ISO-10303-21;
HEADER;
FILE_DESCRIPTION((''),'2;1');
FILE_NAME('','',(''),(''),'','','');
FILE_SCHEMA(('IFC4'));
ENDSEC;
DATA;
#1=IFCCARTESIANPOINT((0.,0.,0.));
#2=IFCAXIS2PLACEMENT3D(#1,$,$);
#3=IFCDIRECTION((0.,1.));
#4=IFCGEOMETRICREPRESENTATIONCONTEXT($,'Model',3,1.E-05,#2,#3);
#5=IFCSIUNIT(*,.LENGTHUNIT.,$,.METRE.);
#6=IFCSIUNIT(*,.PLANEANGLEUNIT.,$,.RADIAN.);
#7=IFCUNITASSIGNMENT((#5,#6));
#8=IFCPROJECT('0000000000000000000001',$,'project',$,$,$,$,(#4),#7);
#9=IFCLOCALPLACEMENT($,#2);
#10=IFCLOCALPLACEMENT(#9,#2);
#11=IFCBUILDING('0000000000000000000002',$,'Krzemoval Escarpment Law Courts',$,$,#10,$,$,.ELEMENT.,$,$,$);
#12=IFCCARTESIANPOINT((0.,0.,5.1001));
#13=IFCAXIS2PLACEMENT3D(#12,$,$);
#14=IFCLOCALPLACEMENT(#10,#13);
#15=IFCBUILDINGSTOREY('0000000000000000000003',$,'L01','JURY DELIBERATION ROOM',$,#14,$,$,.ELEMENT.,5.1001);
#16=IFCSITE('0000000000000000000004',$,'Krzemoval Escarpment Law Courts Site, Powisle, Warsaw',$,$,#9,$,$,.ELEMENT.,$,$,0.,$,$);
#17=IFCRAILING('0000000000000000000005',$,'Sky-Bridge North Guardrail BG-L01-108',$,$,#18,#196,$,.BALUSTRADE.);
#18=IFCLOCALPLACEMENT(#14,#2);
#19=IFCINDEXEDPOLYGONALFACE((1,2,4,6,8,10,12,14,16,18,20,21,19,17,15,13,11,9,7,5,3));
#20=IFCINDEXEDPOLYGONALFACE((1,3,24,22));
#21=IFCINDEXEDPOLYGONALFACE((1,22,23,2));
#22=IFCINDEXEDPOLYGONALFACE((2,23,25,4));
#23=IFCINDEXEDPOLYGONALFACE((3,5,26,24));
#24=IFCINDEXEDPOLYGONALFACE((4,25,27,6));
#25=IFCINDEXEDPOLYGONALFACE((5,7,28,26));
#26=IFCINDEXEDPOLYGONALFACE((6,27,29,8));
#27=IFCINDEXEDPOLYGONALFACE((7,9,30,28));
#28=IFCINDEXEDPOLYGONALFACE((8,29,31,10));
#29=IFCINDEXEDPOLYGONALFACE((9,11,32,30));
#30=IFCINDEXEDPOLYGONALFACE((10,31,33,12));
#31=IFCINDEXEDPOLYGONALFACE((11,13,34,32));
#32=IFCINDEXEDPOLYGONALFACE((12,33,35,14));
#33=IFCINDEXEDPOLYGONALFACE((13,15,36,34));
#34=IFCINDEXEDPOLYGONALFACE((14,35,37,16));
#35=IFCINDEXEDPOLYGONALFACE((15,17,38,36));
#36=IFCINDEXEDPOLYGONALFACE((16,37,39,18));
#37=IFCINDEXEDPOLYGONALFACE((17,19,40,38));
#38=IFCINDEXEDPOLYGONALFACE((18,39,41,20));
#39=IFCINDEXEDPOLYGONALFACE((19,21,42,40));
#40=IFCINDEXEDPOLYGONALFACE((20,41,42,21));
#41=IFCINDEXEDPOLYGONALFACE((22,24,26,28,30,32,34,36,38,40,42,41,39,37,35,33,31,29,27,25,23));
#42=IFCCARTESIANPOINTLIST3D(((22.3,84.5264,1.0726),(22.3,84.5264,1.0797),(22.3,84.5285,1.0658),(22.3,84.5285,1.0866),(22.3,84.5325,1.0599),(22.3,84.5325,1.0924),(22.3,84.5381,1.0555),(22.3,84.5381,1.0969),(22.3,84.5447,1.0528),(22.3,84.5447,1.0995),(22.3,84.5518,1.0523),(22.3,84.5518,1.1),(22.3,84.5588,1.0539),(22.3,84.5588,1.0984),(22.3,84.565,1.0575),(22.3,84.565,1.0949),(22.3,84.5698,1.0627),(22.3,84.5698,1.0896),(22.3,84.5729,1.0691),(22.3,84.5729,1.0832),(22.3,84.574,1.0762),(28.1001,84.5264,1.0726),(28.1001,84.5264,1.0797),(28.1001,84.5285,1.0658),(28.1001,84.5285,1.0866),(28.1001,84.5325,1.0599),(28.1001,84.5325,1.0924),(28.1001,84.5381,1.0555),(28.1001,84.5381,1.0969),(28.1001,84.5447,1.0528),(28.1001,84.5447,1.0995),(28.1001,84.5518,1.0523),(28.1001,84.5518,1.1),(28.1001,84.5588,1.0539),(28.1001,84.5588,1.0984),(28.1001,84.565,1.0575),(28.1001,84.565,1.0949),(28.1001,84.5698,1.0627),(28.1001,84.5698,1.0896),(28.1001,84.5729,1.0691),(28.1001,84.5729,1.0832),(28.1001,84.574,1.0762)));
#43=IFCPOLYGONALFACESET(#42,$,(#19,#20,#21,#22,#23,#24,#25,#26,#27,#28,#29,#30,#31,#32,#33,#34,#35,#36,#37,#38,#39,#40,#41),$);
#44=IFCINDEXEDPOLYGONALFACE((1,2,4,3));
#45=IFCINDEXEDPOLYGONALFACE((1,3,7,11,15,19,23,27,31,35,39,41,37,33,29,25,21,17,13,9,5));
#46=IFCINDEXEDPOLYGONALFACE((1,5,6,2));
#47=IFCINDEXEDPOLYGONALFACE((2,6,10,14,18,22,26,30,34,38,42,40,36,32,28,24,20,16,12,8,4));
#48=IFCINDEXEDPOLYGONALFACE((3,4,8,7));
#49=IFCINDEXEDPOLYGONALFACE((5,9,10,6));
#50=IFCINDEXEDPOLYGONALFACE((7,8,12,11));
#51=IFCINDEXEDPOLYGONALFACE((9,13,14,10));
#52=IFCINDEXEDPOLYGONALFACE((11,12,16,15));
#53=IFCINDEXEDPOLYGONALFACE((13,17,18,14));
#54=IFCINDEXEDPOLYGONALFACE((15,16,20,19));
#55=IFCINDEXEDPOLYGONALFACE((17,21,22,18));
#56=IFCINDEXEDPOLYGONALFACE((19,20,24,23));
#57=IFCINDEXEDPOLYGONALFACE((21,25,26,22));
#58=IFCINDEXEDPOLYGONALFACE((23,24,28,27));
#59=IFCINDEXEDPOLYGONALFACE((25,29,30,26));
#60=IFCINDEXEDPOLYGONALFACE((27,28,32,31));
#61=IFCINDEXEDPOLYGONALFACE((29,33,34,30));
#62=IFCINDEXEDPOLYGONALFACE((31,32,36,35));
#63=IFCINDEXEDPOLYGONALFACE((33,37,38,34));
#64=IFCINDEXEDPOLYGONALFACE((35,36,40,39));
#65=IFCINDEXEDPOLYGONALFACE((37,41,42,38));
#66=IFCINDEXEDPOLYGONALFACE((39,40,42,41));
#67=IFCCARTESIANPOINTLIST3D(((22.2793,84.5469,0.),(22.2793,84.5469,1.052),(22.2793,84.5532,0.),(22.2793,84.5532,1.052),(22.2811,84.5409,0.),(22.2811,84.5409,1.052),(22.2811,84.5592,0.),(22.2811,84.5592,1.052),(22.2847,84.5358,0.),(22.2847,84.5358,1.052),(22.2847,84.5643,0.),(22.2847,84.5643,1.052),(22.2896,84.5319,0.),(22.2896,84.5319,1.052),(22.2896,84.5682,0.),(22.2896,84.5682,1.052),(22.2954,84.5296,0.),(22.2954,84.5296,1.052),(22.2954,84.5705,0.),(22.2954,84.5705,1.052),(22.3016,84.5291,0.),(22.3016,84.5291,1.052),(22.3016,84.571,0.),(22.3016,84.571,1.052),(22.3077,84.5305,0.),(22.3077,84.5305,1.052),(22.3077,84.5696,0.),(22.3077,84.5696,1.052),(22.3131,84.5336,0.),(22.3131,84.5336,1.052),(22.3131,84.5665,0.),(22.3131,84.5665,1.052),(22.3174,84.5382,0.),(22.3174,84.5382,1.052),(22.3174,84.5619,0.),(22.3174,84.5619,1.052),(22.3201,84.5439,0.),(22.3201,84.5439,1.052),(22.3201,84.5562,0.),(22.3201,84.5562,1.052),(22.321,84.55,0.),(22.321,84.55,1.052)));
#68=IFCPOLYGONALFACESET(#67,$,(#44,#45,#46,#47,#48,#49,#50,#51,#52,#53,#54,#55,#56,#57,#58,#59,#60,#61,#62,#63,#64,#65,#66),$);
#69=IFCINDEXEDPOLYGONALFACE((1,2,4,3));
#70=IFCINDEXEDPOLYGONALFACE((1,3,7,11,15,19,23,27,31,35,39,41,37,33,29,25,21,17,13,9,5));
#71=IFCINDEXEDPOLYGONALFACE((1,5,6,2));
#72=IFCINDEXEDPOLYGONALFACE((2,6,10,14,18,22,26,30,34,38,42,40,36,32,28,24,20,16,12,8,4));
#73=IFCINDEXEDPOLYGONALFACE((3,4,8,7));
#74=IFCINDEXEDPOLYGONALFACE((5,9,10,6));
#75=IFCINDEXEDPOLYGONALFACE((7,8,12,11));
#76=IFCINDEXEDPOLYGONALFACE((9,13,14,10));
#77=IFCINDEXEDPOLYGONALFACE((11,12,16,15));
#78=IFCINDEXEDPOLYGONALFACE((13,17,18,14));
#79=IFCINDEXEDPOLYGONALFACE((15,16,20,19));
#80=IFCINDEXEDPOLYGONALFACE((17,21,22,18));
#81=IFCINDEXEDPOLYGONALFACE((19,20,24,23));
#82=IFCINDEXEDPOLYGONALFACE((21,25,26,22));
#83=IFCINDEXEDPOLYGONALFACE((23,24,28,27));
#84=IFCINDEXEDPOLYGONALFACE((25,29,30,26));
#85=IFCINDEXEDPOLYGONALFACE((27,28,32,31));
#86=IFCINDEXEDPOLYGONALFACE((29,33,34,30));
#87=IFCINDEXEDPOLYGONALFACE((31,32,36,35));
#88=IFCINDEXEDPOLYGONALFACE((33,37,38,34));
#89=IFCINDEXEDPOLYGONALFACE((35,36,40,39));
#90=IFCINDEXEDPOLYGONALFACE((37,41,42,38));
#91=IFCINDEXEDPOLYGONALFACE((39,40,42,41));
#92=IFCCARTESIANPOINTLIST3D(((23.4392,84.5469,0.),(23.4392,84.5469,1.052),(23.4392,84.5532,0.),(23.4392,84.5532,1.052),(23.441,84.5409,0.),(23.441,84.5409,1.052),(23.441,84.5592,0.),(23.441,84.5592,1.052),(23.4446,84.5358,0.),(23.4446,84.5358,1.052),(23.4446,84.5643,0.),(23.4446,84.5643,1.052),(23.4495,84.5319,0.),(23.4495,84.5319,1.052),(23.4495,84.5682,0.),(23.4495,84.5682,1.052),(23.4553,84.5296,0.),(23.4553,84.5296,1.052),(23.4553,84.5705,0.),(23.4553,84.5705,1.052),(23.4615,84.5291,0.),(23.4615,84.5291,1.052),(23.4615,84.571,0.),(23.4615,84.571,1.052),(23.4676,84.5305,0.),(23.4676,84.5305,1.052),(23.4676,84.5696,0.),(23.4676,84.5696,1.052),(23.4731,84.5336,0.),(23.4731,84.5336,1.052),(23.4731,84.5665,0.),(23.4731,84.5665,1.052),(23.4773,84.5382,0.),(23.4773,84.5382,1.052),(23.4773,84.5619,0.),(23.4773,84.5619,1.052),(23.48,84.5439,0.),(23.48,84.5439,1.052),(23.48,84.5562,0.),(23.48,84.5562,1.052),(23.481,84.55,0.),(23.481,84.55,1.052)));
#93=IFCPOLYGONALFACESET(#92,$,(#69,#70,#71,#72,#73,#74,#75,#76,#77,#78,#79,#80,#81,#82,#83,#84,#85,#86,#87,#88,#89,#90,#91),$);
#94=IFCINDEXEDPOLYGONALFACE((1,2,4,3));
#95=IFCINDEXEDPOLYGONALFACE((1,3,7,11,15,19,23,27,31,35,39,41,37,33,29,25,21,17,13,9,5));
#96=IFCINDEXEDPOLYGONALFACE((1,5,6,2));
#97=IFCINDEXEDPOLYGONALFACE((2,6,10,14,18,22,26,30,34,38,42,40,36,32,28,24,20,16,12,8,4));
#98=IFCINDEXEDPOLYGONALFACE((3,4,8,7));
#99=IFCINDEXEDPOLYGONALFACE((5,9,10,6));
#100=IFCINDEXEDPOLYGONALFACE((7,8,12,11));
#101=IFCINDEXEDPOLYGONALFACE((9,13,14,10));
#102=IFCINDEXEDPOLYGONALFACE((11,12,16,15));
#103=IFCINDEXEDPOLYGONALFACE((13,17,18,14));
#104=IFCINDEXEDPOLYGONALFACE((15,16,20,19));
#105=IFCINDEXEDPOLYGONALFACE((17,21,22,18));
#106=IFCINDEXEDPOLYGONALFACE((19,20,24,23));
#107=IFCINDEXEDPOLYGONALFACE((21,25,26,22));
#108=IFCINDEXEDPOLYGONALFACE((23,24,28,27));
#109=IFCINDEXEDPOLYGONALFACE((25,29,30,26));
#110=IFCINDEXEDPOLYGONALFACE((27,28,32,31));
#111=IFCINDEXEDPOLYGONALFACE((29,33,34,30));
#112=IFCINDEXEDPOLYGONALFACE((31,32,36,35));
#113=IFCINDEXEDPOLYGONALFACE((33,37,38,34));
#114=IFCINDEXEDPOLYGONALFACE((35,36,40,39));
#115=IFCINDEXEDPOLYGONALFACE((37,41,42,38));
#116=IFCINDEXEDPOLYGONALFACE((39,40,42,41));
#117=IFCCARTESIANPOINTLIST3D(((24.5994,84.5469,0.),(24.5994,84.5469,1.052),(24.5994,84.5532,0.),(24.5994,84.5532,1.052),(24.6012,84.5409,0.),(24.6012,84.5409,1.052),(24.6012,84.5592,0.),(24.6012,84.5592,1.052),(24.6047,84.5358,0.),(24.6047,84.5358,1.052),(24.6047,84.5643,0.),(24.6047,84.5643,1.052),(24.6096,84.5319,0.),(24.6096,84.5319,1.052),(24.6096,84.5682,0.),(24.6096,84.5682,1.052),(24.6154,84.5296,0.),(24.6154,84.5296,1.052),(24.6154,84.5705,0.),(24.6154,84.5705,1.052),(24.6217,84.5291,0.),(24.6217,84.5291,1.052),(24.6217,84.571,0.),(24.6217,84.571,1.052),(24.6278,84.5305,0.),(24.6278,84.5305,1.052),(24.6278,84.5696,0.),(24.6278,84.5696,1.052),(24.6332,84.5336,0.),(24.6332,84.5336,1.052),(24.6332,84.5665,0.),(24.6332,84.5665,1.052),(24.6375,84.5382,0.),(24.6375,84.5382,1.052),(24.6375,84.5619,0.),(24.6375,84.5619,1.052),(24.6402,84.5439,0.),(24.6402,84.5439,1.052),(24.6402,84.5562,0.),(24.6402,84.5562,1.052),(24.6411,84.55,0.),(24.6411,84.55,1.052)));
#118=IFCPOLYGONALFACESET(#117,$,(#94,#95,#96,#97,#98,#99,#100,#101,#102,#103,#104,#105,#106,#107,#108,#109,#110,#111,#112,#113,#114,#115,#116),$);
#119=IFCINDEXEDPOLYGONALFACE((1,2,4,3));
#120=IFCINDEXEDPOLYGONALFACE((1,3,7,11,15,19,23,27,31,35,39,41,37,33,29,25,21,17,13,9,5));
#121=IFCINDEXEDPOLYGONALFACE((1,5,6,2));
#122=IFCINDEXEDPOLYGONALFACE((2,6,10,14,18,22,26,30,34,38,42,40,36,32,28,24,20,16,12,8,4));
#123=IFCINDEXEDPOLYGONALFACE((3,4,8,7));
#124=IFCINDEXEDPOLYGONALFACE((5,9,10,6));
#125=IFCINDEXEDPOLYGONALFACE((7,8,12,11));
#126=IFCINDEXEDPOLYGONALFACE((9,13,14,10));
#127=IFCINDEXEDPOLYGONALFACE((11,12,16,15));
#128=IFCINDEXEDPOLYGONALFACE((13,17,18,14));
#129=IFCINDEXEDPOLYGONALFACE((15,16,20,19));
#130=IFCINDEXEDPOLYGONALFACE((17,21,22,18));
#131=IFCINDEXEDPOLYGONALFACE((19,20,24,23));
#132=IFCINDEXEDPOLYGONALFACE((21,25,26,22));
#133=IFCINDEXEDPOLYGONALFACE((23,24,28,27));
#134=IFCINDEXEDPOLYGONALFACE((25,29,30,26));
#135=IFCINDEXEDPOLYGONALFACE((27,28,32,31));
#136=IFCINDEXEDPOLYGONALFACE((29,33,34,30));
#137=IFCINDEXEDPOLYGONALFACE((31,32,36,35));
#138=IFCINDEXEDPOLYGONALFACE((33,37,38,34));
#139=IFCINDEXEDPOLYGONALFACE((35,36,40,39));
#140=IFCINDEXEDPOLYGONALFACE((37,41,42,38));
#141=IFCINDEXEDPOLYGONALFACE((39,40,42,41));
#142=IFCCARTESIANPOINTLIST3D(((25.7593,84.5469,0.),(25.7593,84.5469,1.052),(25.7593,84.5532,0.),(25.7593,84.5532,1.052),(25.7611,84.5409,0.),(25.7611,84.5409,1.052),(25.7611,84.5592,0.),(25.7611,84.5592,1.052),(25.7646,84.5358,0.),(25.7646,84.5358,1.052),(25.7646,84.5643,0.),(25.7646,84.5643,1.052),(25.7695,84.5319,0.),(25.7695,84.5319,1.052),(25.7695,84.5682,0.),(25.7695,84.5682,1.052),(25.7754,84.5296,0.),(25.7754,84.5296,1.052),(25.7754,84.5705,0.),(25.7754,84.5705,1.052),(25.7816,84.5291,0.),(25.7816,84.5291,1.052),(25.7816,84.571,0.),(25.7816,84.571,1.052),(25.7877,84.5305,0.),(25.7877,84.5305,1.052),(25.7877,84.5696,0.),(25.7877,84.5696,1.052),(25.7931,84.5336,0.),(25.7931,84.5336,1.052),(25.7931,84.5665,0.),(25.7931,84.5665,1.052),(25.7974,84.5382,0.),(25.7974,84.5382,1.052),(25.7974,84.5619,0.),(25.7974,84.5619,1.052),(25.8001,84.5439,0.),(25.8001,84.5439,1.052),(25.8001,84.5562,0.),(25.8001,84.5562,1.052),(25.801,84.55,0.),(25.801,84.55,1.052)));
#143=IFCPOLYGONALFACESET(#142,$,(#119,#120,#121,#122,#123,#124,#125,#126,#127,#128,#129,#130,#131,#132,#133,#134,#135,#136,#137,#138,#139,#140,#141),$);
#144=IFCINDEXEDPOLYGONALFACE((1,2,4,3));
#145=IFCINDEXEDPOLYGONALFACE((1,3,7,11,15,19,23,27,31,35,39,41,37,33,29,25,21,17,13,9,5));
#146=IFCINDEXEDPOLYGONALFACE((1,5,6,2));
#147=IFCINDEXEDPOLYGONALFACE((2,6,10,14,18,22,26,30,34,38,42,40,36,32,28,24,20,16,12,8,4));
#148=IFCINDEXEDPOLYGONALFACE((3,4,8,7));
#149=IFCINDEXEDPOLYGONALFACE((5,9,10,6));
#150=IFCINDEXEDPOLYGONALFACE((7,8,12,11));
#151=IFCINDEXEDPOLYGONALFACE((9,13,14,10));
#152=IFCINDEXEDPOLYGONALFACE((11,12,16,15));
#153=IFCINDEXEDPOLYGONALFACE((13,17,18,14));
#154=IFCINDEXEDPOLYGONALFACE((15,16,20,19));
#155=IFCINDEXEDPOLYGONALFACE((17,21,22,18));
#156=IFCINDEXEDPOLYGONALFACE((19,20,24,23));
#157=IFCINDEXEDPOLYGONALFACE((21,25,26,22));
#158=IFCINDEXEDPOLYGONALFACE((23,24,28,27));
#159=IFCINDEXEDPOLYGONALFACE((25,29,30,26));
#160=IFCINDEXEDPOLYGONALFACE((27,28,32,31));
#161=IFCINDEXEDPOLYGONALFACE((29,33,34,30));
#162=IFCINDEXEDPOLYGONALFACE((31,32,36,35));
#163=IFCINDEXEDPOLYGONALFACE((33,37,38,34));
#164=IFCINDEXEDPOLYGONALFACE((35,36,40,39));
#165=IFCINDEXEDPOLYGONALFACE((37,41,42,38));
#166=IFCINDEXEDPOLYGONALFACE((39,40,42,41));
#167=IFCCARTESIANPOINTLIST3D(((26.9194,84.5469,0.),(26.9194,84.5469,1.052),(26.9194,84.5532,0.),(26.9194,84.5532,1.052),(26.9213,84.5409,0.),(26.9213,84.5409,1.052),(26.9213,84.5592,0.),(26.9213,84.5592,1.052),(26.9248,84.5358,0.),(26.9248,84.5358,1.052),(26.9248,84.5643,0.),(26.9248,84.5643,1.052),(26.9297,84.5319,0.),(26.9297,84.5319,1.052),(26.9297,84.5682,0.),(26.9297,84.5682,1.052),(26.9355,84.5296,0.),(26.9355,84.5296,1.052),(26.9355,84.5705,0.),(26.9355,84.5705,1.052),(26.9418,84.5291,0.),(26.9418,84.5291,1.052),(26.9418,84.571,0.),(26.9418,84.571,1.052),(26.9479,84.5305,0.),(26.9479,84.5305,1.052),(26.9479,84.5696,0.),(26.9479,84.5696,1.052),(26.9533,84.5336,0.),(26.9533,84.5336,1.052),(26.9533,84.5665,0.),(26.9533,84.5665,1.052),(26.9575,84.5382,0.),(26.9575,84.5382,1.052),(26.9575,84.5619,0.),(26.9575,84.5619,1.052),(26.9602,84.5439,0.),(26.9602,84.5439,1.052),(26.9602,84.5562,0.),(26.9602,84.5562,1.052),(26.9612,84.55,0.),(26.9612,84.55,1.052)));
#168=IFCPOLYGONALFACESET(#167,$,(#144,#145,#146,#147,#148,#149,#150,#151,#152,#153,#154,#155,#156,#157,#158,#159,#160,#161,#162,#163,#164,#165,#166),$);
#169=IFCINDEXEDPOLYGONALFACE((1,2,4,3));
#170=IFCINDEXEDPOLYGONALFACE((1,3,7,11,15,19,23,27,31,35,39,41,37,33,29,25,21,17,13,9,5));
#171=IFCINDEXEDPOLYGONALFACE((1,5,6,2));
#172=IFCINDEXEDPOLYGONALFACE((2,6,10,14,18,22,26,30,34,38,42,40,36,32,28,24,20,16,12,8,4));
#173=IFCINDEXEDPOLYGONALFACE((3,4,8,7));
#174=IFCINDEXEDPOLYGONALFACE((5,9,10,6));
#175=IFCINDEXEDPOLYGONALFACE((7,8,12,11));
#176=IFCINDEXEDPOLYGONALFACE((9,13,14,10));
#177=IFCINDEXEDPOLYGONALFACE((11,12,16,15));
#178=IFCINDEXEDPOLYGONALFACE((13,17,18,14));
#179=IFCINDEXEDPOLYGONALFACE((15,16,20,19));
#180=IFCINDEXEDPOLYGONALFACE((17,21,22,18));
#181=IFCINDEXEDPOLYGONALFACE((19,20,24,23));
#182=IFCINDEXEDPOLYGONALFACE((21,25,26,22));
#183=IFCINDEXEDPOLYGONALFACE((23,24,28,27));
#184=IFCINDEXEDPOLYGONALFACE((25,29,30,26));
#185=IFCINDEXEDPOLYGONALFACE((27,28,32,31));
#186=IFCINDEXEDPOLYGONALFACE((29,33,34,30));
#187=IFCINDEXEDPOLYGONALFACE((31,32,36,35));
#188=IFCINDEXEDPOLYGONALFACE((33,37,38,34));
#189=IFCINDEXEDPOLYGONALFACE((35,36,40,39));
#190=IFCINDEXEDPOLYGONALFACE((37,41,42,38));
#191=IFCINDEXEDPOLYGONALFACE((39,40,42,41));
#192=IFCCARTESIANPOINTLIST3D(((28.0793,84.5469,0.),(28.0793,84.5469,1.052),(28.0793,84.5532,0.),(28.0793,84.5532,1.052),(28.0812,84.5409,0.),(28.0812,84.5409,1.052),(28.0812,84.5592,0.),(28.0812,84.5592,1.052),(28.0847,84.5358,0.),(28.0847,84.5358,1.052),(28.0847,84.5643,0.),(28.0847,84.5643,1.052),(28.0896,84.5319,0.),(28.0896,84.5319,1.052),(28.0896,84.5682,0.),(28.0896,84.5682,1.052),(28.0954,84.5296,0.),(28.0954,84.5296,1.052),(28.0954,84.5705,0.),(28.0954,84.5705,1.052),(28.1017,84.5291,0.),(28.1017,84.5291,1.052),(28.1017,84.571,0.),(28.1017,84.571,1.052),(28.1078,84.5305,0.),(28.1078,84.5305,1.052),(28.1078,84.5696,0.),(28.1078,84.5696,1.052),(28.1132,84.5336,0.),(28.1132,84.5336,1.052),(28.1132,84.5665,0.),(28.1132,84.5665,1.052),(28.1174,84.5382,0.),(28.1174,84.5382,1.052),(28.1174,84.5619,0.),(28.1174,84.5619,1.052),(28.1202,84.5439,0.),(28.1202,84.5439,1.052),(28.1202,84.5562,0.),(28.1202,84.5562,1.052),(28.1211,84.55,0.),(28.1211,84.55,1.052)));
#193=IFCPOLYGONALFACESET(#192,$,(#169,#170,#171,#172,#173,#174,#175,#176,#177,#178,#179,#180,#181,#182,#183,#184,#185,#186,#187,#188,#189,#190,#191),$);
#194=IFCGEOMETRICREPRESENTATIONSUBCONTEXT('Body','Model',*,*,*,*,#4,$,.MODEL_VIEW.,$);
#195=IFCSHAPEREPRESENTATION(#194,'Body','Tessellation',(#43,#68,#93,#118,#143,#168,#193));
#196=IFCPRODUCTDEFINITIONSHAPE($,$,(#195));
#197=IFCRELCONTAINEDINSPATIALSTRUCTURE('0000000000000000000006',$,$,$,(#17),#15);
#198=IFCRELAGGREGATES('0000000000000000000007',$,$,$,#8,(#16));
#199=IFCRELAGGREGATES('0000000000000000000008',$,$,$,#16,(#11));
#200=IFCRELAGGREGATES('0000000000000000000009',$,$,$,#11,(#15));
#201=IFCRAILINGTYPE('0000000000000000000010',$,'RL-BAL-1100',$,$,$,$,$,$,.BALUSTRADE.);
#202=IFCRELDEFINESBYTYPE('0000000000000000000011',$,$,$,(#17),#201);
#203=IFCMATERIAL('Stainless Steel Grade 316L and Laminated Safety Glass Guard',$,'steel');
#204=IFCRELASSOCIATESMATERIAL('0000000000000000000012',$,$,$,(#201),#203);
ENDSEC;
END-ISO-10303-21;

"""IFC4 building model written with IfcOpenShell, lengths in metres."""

from ifc_helpers import new_model, si_unit, direction, frame, origin, origin_2d, place, context, subcontext, project, spatial, circle, extrude, material, type_object, element, save


model = new_model("IFC4")

# Units and contexts
model_context = context("Model", 3, precision=1e-05, world=origin(), true_north=direction((0.0, 1.0)))
body_context = subcontext(model_context, "Body", "Model", "MODEL_VIEW")
ifc_project = project(units=[si_unit("LENGTHUNIT", "METRE"), si_unit("PLANEANGLEUNIT", "RADIAN")], contexts=[model_context])

# Site, building, storey
site_placement = place(None, origin())
site = spatial("IfcSite", under=ifc_project, at=site_placement, Name="Krzemoval Escarpment Law Courts Site, Powisle, Warsaw", CompositionType="ELEMENT", RefElevation=0.0)
building_placement = place(site_placement, origin())
building = spatial("IfcBuilding", under=site, at=building_placement, Name="Krzemoval Escarpment Law Courts", CompositionType="ELEMENT")
storey_placement = place(building_placement, frame((0.0, 0.0, 5.1001)))
storey = spatial("IfcBuildingStorey", under=building, at=storey_placement, Name="L01", Description="JURY DELIBERATION ROOM", CompositionType="ELEMENT", Elevation=5.1001)

# Railing
ifc_material_1 = material(Name="Stainless Steel Grade 316L and Laminated Safety Glass Guard", Category="steel")
railing_type_1 = type_object("IfcRailingType", Name="RL-BAL-1100", PredefinedType="BALUSTRADE", material=ifc_material_1)
railing_1_placement = place(storey_placement, frame((22.3, 84.55, 0.0)))
element("IfcRailing", 1, at=railing_1_placement, inside=storey, type_object=railing_type_1, Name="Sky-Bridge North Guardrail BG-L01-108", PredefinedType="BALUSTRADE", context=body_context, shape_type="SweptSolid", body=[
    extrude(circle(Radius=0.0239, at=origin_2d()), frame((0.0, 0.0, 1.0762), z_axis=(1.0, 0.0, 0.0), x_axis=(0.0, 1.0, 0.0)), (0.0, 0.0, 1.0), 5.8),
    extrude(circle(Radius=0.021, at=origin_2d()), origin(), (0.0, 0.0, 1.0), 1.052),
    extrude(circle(Radius=0.021, at=origin_2d()), frame((1.1599, 0.0, 0.0)), (0.0, 0.0, 1.0), 1.052),
    extrude(circle(Radius=0.021, at=origin_2d()), frame((2.3201, 0.0, 0.0)), (0.0, 0.0, 1.0), 1.052),
    extrude(circle(Radius=0.021, at=origin_2d()), frame((3.48, 0.0, 0.0)), (0.0, 0.0, 1.0), 1.052),
    extrude(circle(Radius=0.021, at=origin_2d()), frame((4.6401, 0.0, 0.0)), (0.0, 0.0, 1.0), 1.052),
    extrude(circle(Radius=0.021, at=origin_2d()), frame((5.8, 0.0, 0.0)), (0.0, 0.0, 1.0), 1.052),
])

save(model, "model.ifc")
